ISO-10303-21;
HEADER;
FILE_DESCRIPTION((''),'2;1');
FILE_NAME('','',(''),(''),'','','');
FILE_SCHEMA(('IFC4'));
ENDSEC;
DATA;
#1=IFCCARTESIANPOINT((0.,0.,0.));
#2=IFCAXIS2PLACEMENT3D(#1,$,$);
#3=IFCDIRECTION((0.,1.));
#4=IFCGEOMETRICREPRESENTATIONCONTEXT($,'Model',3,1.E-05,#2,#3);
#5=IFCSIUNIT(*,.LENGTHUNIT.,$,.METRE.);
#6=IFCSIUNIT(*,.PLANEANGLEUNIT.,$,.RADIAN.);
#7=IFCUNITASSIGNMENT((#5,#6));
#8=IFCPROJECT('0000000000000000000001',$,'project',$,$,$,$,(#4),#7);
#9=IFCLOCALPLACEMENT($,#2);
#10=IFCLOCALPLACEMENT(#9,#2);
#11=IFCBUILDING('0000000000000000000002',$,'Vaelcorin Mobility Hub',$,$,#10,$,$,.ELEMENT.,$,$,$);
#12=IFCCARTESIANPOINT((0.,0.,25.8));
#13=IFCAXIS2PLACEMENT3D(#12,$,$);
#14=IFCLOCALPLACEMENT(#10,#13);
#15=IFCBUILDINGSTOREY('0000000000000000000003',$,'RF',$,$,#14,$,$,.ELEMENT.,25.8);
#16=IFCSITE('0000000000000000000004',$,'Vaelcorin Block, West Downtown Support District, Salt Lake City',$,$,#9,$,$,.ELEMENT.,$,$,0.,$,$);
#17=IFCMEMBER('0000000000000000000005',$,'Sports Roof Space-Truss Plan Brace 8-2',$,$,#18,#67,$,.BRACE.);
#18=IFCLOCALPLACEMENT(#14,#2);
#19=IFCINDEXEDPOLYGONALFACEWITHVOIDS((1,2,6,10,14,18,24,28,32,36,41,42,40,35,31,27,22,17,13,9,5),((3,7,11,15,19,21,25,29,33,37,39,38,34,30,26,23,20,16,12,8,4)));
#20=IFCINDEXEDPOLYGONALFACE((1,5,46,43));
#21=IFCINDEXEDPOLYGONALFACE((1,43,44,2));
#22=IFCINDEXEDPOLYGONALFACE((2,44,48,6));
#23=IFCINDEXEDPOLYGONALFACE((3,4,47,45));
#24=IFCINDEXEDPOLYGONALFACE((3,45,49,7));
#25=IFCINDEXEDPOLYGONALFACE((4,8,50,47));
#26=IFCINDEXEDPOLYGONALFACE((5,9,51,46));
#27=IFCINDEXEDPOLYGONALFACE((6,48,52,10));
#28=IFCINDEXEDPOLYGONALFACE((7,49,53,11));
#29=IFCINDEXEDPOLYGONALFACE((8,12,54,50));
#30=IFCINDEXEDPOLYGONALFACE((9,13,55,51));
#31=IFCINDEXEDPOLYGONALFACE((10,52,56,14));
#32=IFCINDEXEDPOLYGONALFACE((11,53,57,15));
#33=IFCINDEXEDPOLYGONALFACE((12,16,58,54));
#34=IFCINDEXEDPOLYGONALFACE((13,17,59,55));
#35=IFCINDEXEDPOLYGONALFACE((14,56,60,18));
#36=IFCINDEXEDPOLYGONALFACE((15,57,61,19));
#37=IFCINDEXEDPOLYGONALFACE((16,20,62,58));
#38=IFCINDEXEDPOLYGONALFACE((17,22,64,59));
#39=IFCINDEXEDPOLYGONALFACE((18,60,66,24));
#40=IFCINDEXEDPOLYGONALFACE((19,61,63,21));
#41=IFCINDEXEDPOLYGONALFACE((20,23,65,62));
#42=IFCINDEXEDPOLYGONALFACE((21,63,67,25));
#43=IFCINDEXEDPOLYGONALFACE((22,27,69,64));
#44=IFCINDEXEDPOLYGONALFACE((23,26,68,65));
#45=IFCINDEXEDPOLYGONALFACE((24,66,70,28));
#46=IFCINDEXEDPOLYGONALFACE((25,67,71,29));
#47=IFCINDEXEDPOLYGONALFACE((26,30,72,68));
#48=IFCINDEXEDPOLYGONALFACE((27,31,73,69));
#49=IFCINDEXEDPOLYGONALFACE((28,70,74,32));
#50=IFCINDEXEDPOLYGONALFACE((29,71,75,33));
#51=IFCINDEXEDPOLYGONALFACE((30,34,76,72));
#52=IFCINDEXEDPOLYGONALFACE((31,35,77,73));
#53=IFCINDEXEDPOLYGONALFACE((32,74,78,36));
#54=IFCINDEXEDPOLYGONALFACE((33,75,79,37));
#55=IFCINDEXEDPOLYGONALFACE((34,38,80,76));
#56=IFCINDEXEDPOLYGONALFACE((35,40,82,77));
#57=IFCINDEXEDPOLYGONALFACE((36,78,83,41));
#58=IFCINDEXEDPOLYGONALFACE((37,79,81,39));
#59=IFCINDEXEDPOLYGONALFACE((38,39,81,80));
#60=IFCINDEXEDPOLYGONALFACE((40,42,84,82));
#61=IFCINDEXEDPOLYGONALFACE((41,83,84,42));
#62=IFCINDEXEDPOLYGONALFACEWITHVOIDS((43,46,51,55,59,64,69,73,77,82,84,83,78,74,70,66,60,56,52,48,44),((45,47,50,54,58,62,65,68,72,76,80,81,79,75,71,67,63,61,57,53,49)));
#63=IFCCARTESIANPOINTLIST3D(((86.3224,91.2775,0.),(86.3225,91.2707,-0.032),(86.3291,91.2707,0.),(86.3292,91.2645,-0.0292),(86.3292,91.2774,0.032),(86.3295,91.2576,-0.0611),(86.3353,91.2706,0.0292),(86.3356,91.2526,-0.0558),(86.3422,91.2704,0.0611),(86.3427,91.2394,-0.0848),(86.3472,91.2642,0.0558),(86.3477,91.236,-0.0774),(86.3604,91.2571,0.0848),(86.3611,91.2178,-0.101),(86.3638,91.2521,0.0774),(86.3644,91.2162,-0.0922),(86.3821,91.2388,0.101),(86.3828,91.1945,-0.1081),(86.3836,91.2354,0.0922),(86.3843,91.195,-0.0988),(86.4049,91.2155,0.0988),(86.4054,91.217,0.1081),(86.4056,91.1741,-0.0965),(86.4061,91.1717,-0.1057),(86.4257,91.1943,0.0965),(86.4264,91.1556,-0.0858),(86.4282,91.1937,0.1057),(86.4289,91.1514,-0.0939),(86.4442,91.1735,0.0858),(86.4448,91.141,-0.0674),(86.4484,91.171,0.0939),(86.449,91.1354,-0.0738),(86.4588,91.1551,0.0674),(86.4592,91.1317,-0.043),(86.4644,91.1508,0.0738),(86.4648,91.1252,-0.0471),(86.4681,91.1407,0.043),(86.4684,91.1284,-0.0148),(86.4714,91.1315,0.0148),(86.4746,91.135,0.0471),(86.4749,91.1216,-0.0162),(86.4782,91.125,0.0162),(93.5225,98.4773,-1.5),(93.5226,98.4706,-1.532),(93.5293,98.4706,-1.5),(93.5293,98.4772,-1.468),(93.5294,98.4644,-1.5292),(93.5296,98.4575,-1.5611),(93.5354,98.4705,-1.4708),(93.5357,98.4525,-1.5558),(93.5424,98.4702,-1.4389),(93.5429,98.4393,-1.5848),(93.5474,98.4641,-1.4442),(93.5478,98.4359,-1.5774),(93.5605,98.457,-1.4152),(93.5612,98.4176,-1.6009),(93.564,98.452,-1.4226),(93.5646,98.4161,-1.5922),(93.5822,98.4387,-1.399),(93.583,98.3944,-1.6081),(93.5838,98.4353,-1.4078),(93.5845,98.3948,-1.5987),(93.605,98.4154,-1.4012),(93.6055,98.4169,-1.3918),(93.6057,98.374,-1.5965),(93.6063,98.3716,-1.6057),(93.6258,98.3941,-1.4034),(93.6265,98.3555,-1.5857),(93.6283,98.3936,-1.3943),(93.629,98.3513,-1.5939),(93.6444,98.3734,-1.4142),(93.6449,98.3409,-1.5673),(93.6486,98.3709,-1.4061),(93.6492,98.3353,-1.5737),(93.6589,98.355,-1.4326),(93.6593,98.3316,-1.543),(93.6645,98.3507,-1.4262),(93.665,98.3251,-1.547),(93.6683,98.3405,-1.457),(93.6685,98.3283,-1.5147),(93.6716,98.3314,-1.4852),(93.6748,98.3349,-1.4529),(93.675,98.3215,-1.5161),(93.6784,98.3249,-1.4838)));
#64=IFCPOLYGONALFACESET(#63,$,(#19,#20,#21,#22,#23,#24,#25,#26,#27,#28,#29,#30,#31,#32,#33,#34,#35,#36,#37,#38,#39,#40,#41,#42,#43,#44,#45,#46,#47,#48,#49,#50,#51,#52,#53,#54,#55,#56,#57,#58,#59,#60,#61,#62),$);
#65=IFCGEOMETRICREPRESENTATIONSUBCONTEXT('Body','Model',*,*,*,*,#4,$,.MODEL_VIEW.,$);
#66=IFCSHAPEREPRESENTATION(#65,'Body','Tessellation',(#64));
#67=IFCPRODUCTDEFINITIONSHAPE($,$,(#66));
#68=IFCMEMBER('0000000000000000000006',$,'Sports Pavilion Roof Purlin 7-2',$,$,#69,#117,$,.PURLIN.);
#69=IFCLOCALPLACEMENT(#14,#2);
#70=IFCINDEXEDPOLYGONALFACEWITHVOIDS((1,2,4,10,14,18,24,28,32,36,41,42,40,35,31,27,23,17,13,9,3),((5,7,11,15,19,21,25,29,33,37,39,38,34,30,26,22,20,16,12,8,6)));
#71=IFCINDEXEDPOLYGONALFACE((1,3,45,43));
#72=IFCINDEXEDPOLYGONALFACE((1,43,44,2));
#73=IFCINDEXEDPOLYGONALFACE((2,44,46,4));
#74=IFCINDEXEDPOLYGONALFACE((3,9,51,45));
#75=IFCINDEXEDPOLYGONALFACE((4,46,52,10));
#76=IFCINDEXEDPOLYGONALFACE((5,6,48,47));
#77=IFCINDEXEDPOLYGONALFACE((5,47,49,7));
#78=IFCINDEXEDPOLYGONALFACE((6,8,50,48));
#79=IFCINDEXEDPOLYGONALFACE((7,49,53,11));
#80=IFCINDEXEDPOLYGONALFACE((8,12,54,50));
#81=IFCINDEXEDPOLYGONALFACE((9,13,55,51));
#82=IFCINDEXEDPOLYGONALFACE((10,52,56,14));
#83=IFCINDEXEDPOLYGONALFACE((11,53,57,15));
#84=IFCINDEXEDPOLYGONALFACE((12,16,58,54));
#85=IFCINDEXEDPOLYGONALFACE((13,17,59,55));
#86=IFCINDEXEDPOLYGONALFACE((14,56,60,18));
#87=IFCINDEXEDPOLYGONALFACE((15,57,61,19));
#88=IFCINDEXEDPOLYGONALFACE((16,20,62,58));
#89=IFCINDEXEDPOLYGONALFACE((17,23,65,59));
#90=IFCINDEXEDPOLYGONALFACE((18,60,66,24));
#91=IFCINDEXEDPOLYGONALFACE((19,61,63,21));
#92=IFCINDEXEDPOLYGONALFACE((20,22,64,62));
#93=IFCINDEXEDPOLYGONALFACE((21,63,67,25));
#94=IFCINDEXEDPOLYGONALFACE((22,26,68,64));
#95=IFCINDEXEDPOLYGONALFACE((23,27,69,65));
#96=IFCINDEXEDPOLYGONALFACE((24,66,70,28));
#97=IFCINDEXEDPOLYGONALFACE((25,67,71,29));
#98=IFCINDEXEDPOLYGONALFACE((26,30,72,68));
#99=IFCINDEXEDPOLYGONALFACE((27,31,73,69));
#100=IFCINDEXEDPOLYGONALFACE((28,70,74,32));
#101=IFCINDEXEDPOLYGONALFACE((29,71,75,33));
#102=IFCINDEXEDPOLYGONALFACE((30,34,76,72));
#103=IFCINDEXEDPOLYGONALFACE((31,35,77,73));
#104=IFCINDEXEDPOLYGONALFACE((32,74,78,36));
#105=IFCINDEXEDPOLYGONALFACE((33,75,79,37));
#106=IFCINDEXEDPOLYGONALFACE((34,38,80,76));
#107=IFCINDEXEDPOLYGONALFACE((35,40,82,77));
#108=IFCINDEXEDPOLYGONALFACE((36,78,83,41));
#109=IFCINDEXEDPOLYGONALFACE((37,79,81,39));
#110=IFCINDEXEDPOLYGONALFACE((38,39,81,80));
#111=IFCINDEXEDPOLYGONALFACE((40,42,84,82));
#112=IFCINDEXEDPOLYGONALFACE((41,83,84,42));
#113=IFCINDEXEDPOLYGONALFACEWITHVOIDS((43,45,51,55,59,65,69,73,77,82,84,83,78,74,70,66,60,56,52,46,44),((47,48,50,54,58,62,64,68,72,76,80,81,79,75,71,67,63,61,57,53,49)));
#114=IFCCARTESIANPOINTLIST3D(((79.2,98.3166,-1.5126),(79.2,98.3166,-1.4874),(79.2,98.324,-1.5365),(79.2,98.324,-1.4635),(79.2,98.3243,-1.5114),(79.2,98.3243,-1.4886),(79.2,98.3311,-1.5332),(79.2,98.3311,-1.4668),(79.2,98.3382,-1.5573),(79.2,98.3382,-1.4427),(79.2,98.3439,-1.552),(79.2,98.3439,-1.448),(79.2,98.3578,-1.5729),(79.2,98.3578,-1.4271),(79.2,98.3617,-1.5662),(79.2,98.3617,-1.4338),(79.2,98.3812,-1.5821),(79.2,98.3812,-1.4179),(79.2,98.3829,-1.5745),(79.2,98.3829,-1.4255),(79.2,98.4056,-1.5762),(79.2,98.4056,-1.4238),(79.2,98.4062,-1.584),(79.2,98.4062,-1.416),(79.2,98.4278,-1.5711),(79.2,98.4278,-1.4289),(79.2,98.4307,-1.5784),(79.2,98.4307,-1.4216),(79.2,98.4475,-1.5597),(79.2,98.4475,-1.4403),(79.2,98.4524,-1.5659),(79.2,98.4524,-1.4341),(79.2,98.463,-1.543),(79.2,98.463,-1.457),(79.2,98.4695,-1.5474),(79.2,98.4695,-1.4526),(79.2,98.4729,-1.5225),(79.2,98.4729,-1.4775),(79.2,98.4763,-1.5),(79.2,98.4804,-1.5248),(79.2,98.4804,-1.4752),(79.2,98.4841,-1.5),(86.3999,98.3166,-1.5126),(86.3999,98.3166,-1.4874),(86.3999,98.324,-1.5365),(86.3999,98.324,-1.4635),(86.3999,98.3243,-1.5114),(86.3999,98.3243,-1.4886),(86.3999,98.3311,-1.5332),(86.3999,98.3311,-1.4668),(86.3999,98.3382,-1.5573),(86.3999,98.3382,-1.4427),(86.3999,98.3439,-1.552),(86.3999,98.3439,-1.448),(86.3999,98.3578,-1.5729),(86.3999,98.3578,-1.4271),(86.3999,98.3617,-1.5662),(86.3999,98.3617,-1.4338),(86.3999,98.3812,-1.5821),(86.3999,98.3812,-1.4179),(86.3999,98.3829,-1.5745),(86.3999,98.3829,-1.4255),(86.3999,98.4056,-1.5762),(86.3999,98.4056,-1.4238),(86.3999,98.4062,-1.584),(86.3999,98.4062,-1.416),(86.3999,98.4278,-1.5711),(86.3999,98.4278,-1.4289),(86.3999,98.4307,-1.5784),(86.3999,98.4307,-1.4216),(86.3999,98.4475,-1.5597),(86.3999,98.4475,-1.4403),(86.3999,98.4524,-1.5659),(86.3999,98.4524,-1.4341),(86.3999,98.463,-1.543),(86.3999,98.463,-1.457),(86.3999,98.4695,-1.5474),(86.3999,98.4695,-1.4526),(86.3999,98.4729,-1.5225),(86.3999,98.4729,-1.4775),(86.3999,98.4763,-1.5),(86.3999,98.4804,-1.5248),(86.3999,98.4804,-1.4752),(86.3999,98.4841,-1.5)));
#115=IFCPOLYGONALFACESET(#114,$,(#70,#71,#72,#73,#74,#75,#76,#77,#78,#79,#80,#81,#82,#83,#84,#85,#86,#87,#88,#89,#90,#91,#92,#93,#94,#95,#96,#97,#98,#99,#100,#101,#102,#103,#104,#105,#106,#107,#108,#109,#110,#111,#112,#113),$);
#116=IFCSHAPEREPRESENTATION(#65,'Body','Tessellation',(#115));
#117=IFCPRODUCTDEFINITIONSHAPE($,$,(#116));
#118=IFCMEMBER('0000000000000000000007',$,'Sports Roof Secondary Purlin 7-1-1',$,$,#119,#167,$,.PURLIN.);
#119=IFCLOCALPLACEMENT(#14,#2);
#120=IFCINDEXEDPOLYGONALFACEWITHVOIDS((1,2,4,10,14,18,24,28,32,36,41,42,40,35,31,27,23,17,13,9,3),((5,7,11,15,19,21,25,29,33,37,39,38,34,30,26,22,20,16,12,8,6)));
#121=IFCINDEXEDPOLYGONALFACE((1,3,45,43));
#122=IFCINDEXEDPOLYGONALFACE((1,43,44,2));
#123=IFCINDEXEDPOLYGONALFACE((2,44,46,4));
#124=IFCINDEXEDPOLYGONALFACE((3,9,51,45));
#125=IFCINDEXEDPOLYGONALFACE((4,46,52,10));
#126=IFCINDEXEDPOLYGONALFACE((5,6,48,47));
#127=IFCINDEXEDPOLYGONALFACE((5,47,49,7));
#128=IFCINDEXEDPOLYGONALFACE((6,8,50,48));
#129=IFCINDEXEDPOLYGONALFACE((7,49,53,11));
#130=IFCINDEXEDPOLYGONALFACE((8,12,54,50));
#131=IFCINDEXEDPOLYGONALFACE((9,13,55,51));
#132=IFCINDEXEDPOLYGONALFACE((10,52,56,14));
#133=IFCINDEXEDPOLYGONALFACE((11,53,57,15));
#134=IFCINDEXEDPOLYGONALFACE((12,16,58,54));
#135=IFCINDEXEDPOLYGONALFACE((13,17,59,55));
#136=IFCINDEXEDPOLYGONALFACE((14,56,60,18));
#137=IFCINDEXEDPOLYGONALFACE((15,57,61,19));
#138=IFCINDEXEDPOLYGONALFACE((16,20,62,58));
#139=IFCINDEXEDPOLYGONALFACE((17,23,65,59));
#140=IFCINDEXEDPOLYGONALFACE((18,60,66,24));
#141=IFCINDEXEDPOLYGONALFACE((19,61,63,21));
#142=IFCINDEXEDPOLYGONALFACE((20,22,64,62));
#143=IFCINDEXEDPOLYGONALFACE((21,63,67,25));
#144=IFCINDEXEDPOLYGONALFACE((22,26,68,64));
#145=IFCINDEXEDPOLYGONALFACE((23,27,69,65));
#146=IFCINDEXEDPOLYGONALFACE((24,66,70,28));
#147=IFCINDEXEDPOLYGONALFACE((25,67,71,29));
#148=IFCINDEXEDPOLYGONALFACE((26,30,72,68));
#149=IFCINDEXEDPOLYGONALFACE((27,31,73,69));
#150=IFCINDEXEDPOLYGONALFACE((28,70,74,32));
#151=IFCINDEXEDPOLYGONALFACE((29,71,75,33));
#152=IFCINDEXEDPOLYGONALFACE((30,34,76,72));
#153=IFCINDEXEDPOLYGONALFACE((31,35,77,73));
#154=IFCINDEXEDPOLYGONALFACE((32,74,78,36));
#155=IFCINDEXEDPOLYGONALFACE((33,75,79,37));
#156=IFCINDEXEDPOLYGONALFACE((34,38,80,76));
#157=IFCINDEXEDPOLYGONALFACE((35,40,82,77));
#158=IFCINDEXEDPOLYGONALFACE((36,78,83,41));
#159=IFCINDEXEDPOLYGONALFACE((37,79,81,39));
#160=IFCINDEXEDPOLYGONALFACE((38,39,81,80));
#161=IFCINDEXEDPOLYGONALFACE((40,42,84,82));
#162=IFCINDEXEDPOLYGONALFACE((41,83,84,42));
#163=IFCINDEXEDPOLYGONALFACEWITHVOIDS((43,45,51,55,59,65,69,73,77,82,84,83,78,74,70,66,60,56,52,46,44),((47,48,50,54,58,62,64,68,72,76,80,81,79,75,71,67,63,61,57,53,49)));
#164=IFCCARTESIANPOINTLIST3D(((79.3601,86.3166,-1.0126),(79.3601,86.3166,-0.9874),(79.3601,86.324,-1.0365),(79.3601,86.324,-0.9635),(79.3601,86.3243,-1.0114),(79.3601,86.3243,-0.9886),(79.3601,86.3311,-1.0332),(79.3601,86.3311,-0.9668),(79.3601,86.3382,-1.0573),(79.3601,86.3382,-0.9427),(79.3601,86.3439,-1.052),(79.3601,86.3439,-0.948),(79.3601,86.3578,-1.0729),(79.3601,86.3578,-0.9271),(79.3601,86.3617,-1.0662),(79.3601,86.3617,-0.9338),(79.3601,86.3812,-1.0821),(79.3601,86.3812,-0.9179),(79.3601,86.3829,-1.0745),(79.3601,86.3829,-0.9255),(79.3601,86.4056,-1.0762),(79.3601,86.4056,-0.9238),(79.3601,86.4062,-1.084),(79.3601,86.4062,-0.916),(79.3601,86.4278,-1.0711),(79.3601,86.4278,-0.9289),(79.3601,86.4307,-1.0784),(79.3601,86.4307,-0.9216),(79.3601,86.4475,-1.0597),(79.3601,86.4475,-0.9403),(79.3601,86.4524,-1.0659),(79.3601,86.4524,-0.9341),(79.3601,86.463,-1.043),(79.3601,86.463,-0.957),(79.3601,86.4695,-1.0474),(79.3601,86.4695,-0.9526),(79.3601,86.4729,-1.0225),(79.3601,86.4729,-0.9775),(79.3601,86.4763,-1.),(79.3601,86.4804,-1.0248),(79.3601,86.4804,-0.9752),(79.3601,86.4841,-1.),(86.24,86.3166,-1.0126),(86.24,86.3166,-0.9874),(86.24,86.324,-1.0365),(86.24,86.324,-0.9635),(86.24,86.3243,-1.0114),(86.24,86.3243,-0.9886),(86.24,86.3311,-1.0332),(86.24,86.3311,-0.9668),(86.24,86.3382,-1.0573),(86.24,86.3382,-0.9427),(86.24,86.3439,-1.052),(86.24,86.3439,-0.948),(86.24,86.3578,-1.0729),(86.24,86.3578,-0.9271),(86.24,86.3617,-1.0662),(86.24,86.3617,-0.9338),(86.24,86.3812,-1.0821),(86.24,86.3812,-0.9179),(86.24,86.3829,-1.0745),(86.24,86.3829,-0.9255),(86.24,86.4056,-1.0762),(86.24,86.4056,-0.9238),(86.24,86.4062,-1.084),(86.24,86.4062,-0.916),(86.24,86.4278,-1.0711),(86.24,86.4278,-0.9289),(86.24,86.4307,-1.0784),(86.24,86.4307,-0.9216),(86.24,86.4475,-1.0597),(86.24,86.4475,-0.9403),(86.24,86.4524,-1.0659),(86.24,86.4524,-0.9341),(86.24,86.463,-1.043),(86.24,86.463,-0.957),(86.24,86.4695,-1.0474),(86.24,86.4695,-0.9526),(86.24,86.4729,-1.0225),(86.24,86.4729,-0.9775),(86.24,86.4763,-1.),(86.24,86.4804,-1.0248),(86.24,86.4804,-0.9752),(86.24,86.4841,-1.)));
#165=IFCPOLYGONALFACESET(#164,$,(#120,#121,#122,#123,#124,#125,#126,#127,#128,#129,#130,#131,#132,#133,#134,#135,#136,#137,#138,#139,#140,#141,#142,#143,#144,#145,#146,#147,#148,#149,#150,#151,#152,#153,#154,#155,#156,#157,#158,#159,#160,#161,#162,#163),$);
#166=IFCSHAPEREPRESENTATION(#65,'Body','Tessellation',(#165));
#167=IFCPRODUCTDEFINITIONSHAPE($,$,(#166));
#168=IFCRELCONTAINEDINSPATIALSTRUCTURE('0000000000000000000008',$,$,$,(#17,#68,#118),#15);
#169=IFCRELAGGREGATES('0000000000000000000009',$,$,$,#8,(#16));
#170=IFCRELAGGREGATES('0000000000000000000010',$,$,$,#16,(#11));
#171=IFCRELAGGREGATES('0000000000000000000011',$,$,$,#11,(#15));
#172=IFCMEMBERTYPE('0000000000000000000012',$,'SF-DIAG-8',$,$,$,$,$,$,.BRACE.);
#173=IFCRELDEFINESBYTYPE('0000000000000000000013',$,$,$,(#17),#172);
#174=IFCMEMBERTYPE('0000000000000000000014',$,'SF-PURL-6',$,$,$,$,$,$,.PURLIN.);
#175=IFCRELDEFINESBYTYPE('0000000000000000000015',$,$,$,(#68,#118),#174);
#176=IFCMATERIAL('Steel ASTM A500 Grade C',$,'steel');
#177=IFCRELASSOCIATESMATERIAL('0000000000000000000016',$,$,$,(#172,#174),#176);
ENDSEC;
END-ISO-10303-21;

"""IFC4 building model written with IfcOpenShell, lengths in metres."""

from ifc_helpers import new_model, si_unit, direction, frame, origin, origin_2d, place, context, subcontext, project, spatial, hollow_circle, extrude, material, material_profile, profile_set, type_object, element, save


model = new_model("IFC4")

# Units and contexts
model_context = context("Model", 3, precision=1e-05, world=origin(), true_north=direction((0.0, 1.0)))
body_context = subcontext(model_context, "Body", "Model", "MODEL_VIEW")
ifc_project = project(units=[si_unit("LENGTHUNIT", "METRE"), si_unit("PLANEANGLEUNIT", "RADIAN")], contexts=[model_context])

# Site, building, storey
site_placement = place(None, origin())
site = spatial("IfcSite", under=ifc_project, at=site_placement, Name="Vaelcorin Block, West Downtown Support District, Salt Lake City", CompositionType="ELEMENT", RefElevation=0.0)
building_placement = place(site_placement, origin())
building = spatial("IfcBuilding", under=site, at=building_placement, Name="Vaelcorin Mobility Hub", CompositionType="ELEMENT")
storey_placement = place(building_placement, frame((0.0, 0.0, 25.8)))
storey = spatial("IfcBuildingStorey", under=building, at=storey_placement, Name="RF", CompositionType="ELEMENT", Elevation=25.8)

# Members
ifc_material_1 = material(Name="Steel ASTM A500 Grade C", Category="steel")
ifc_material_profile_1 = material_profile(ifc_material_1, hollow_circle(Radius=0.1096, WallThickness=0.0095, at=origin_2d()), Name="HSS8.625X0.375")
ifc_profile_set_1 = profile_set([ifc_material_profile_1], Name="Steel ASTM A500 Grade C")
member_type_1 = type_object("IfcMemberType", Name="SF-DIAG-8", PredefinedType="BRACE", material=ifc_profile_set_1)
member_1_placement = place(storey_placement, frame((86.3999, 91.2, 0.0), z_axis=(0.699569, 0.699545, -0.14574), x_axis=(-0.707095, 0.707119, 0.0)))
element("IfcMember", 1, at=member_1_placement, inside=storey, type_object=member_type_1, Name="Sports Roof Space-Truss Plan Brace 8-2", PredefinedType="BRACE", context=body_context, shape_type="SweptSolid", body=[
    extrude(hollow_circle(Radius=0.1096, WallThickness=0.0095, at=origin_2d()), origin(), (0.0, 0.0, 1.0), 10.2922),
])
ifc_material_profile_2 = material_profile(ifc_material_1, hollow_circle(Radius=0.0842, WallThickness=0.0078, at=origin_2d()), Name="HSS6.625X0.312")
ifc_profile_set_2 = profile_set([ifc_material_profile_2], Name="Steel ASTM A500 Grade C")
member_type_2 = type_object("IfcMemberType", Name="SF-PURL-6", PredefinedType="PURLIN", material=ifc_profile_set_2)
member_2_placement = place(storey_placement, frame((79.2, 98.3999, -1.5), z_axis=(1.0, 0.0, 0.0), x_axis=(0.0, 1.0, 0.0)))
element("IfcMember", 2, at=member_2_placement, inside=storey, type_object=member_type_2, Name="Sports Pavilion Roof Purlin 7-2", PredefinedType="PURLIN", context=body_context, shape_type="SweptSolid", body=[
    extrude(hollow_circle(Radius=0.0842, WallThickness=0.0078, at=origin_2d()), origin(), (0.0, 0.0, 1.0), 7.2),
])
for number, where, z_axis, x_axis, name in (
    (3, (79.3601, 86.3999, -1.0), (1.0, 0.0, 0.0), (0.0, 1.0, 0.0), "Sports Roof Secondary Purlin 7-1-1"),
):
    element("IfcMember", number, at=place(storey_placement, frame(where, z_axis=z_axis, x_axis=x_axis)), inside=storey, type_object=member_type_2, Name=name, PredefinedType="PURLIN", context=body_context, shape_type="SweptSolid", body=[
        extrude(hollow_circle(Radius=0.0842, WallThickness=0.0078, at=origin_2d()), origin(), (0.0, 0.0, 1.0), 6.8799),
    ])

save(model, "model.ifc")
